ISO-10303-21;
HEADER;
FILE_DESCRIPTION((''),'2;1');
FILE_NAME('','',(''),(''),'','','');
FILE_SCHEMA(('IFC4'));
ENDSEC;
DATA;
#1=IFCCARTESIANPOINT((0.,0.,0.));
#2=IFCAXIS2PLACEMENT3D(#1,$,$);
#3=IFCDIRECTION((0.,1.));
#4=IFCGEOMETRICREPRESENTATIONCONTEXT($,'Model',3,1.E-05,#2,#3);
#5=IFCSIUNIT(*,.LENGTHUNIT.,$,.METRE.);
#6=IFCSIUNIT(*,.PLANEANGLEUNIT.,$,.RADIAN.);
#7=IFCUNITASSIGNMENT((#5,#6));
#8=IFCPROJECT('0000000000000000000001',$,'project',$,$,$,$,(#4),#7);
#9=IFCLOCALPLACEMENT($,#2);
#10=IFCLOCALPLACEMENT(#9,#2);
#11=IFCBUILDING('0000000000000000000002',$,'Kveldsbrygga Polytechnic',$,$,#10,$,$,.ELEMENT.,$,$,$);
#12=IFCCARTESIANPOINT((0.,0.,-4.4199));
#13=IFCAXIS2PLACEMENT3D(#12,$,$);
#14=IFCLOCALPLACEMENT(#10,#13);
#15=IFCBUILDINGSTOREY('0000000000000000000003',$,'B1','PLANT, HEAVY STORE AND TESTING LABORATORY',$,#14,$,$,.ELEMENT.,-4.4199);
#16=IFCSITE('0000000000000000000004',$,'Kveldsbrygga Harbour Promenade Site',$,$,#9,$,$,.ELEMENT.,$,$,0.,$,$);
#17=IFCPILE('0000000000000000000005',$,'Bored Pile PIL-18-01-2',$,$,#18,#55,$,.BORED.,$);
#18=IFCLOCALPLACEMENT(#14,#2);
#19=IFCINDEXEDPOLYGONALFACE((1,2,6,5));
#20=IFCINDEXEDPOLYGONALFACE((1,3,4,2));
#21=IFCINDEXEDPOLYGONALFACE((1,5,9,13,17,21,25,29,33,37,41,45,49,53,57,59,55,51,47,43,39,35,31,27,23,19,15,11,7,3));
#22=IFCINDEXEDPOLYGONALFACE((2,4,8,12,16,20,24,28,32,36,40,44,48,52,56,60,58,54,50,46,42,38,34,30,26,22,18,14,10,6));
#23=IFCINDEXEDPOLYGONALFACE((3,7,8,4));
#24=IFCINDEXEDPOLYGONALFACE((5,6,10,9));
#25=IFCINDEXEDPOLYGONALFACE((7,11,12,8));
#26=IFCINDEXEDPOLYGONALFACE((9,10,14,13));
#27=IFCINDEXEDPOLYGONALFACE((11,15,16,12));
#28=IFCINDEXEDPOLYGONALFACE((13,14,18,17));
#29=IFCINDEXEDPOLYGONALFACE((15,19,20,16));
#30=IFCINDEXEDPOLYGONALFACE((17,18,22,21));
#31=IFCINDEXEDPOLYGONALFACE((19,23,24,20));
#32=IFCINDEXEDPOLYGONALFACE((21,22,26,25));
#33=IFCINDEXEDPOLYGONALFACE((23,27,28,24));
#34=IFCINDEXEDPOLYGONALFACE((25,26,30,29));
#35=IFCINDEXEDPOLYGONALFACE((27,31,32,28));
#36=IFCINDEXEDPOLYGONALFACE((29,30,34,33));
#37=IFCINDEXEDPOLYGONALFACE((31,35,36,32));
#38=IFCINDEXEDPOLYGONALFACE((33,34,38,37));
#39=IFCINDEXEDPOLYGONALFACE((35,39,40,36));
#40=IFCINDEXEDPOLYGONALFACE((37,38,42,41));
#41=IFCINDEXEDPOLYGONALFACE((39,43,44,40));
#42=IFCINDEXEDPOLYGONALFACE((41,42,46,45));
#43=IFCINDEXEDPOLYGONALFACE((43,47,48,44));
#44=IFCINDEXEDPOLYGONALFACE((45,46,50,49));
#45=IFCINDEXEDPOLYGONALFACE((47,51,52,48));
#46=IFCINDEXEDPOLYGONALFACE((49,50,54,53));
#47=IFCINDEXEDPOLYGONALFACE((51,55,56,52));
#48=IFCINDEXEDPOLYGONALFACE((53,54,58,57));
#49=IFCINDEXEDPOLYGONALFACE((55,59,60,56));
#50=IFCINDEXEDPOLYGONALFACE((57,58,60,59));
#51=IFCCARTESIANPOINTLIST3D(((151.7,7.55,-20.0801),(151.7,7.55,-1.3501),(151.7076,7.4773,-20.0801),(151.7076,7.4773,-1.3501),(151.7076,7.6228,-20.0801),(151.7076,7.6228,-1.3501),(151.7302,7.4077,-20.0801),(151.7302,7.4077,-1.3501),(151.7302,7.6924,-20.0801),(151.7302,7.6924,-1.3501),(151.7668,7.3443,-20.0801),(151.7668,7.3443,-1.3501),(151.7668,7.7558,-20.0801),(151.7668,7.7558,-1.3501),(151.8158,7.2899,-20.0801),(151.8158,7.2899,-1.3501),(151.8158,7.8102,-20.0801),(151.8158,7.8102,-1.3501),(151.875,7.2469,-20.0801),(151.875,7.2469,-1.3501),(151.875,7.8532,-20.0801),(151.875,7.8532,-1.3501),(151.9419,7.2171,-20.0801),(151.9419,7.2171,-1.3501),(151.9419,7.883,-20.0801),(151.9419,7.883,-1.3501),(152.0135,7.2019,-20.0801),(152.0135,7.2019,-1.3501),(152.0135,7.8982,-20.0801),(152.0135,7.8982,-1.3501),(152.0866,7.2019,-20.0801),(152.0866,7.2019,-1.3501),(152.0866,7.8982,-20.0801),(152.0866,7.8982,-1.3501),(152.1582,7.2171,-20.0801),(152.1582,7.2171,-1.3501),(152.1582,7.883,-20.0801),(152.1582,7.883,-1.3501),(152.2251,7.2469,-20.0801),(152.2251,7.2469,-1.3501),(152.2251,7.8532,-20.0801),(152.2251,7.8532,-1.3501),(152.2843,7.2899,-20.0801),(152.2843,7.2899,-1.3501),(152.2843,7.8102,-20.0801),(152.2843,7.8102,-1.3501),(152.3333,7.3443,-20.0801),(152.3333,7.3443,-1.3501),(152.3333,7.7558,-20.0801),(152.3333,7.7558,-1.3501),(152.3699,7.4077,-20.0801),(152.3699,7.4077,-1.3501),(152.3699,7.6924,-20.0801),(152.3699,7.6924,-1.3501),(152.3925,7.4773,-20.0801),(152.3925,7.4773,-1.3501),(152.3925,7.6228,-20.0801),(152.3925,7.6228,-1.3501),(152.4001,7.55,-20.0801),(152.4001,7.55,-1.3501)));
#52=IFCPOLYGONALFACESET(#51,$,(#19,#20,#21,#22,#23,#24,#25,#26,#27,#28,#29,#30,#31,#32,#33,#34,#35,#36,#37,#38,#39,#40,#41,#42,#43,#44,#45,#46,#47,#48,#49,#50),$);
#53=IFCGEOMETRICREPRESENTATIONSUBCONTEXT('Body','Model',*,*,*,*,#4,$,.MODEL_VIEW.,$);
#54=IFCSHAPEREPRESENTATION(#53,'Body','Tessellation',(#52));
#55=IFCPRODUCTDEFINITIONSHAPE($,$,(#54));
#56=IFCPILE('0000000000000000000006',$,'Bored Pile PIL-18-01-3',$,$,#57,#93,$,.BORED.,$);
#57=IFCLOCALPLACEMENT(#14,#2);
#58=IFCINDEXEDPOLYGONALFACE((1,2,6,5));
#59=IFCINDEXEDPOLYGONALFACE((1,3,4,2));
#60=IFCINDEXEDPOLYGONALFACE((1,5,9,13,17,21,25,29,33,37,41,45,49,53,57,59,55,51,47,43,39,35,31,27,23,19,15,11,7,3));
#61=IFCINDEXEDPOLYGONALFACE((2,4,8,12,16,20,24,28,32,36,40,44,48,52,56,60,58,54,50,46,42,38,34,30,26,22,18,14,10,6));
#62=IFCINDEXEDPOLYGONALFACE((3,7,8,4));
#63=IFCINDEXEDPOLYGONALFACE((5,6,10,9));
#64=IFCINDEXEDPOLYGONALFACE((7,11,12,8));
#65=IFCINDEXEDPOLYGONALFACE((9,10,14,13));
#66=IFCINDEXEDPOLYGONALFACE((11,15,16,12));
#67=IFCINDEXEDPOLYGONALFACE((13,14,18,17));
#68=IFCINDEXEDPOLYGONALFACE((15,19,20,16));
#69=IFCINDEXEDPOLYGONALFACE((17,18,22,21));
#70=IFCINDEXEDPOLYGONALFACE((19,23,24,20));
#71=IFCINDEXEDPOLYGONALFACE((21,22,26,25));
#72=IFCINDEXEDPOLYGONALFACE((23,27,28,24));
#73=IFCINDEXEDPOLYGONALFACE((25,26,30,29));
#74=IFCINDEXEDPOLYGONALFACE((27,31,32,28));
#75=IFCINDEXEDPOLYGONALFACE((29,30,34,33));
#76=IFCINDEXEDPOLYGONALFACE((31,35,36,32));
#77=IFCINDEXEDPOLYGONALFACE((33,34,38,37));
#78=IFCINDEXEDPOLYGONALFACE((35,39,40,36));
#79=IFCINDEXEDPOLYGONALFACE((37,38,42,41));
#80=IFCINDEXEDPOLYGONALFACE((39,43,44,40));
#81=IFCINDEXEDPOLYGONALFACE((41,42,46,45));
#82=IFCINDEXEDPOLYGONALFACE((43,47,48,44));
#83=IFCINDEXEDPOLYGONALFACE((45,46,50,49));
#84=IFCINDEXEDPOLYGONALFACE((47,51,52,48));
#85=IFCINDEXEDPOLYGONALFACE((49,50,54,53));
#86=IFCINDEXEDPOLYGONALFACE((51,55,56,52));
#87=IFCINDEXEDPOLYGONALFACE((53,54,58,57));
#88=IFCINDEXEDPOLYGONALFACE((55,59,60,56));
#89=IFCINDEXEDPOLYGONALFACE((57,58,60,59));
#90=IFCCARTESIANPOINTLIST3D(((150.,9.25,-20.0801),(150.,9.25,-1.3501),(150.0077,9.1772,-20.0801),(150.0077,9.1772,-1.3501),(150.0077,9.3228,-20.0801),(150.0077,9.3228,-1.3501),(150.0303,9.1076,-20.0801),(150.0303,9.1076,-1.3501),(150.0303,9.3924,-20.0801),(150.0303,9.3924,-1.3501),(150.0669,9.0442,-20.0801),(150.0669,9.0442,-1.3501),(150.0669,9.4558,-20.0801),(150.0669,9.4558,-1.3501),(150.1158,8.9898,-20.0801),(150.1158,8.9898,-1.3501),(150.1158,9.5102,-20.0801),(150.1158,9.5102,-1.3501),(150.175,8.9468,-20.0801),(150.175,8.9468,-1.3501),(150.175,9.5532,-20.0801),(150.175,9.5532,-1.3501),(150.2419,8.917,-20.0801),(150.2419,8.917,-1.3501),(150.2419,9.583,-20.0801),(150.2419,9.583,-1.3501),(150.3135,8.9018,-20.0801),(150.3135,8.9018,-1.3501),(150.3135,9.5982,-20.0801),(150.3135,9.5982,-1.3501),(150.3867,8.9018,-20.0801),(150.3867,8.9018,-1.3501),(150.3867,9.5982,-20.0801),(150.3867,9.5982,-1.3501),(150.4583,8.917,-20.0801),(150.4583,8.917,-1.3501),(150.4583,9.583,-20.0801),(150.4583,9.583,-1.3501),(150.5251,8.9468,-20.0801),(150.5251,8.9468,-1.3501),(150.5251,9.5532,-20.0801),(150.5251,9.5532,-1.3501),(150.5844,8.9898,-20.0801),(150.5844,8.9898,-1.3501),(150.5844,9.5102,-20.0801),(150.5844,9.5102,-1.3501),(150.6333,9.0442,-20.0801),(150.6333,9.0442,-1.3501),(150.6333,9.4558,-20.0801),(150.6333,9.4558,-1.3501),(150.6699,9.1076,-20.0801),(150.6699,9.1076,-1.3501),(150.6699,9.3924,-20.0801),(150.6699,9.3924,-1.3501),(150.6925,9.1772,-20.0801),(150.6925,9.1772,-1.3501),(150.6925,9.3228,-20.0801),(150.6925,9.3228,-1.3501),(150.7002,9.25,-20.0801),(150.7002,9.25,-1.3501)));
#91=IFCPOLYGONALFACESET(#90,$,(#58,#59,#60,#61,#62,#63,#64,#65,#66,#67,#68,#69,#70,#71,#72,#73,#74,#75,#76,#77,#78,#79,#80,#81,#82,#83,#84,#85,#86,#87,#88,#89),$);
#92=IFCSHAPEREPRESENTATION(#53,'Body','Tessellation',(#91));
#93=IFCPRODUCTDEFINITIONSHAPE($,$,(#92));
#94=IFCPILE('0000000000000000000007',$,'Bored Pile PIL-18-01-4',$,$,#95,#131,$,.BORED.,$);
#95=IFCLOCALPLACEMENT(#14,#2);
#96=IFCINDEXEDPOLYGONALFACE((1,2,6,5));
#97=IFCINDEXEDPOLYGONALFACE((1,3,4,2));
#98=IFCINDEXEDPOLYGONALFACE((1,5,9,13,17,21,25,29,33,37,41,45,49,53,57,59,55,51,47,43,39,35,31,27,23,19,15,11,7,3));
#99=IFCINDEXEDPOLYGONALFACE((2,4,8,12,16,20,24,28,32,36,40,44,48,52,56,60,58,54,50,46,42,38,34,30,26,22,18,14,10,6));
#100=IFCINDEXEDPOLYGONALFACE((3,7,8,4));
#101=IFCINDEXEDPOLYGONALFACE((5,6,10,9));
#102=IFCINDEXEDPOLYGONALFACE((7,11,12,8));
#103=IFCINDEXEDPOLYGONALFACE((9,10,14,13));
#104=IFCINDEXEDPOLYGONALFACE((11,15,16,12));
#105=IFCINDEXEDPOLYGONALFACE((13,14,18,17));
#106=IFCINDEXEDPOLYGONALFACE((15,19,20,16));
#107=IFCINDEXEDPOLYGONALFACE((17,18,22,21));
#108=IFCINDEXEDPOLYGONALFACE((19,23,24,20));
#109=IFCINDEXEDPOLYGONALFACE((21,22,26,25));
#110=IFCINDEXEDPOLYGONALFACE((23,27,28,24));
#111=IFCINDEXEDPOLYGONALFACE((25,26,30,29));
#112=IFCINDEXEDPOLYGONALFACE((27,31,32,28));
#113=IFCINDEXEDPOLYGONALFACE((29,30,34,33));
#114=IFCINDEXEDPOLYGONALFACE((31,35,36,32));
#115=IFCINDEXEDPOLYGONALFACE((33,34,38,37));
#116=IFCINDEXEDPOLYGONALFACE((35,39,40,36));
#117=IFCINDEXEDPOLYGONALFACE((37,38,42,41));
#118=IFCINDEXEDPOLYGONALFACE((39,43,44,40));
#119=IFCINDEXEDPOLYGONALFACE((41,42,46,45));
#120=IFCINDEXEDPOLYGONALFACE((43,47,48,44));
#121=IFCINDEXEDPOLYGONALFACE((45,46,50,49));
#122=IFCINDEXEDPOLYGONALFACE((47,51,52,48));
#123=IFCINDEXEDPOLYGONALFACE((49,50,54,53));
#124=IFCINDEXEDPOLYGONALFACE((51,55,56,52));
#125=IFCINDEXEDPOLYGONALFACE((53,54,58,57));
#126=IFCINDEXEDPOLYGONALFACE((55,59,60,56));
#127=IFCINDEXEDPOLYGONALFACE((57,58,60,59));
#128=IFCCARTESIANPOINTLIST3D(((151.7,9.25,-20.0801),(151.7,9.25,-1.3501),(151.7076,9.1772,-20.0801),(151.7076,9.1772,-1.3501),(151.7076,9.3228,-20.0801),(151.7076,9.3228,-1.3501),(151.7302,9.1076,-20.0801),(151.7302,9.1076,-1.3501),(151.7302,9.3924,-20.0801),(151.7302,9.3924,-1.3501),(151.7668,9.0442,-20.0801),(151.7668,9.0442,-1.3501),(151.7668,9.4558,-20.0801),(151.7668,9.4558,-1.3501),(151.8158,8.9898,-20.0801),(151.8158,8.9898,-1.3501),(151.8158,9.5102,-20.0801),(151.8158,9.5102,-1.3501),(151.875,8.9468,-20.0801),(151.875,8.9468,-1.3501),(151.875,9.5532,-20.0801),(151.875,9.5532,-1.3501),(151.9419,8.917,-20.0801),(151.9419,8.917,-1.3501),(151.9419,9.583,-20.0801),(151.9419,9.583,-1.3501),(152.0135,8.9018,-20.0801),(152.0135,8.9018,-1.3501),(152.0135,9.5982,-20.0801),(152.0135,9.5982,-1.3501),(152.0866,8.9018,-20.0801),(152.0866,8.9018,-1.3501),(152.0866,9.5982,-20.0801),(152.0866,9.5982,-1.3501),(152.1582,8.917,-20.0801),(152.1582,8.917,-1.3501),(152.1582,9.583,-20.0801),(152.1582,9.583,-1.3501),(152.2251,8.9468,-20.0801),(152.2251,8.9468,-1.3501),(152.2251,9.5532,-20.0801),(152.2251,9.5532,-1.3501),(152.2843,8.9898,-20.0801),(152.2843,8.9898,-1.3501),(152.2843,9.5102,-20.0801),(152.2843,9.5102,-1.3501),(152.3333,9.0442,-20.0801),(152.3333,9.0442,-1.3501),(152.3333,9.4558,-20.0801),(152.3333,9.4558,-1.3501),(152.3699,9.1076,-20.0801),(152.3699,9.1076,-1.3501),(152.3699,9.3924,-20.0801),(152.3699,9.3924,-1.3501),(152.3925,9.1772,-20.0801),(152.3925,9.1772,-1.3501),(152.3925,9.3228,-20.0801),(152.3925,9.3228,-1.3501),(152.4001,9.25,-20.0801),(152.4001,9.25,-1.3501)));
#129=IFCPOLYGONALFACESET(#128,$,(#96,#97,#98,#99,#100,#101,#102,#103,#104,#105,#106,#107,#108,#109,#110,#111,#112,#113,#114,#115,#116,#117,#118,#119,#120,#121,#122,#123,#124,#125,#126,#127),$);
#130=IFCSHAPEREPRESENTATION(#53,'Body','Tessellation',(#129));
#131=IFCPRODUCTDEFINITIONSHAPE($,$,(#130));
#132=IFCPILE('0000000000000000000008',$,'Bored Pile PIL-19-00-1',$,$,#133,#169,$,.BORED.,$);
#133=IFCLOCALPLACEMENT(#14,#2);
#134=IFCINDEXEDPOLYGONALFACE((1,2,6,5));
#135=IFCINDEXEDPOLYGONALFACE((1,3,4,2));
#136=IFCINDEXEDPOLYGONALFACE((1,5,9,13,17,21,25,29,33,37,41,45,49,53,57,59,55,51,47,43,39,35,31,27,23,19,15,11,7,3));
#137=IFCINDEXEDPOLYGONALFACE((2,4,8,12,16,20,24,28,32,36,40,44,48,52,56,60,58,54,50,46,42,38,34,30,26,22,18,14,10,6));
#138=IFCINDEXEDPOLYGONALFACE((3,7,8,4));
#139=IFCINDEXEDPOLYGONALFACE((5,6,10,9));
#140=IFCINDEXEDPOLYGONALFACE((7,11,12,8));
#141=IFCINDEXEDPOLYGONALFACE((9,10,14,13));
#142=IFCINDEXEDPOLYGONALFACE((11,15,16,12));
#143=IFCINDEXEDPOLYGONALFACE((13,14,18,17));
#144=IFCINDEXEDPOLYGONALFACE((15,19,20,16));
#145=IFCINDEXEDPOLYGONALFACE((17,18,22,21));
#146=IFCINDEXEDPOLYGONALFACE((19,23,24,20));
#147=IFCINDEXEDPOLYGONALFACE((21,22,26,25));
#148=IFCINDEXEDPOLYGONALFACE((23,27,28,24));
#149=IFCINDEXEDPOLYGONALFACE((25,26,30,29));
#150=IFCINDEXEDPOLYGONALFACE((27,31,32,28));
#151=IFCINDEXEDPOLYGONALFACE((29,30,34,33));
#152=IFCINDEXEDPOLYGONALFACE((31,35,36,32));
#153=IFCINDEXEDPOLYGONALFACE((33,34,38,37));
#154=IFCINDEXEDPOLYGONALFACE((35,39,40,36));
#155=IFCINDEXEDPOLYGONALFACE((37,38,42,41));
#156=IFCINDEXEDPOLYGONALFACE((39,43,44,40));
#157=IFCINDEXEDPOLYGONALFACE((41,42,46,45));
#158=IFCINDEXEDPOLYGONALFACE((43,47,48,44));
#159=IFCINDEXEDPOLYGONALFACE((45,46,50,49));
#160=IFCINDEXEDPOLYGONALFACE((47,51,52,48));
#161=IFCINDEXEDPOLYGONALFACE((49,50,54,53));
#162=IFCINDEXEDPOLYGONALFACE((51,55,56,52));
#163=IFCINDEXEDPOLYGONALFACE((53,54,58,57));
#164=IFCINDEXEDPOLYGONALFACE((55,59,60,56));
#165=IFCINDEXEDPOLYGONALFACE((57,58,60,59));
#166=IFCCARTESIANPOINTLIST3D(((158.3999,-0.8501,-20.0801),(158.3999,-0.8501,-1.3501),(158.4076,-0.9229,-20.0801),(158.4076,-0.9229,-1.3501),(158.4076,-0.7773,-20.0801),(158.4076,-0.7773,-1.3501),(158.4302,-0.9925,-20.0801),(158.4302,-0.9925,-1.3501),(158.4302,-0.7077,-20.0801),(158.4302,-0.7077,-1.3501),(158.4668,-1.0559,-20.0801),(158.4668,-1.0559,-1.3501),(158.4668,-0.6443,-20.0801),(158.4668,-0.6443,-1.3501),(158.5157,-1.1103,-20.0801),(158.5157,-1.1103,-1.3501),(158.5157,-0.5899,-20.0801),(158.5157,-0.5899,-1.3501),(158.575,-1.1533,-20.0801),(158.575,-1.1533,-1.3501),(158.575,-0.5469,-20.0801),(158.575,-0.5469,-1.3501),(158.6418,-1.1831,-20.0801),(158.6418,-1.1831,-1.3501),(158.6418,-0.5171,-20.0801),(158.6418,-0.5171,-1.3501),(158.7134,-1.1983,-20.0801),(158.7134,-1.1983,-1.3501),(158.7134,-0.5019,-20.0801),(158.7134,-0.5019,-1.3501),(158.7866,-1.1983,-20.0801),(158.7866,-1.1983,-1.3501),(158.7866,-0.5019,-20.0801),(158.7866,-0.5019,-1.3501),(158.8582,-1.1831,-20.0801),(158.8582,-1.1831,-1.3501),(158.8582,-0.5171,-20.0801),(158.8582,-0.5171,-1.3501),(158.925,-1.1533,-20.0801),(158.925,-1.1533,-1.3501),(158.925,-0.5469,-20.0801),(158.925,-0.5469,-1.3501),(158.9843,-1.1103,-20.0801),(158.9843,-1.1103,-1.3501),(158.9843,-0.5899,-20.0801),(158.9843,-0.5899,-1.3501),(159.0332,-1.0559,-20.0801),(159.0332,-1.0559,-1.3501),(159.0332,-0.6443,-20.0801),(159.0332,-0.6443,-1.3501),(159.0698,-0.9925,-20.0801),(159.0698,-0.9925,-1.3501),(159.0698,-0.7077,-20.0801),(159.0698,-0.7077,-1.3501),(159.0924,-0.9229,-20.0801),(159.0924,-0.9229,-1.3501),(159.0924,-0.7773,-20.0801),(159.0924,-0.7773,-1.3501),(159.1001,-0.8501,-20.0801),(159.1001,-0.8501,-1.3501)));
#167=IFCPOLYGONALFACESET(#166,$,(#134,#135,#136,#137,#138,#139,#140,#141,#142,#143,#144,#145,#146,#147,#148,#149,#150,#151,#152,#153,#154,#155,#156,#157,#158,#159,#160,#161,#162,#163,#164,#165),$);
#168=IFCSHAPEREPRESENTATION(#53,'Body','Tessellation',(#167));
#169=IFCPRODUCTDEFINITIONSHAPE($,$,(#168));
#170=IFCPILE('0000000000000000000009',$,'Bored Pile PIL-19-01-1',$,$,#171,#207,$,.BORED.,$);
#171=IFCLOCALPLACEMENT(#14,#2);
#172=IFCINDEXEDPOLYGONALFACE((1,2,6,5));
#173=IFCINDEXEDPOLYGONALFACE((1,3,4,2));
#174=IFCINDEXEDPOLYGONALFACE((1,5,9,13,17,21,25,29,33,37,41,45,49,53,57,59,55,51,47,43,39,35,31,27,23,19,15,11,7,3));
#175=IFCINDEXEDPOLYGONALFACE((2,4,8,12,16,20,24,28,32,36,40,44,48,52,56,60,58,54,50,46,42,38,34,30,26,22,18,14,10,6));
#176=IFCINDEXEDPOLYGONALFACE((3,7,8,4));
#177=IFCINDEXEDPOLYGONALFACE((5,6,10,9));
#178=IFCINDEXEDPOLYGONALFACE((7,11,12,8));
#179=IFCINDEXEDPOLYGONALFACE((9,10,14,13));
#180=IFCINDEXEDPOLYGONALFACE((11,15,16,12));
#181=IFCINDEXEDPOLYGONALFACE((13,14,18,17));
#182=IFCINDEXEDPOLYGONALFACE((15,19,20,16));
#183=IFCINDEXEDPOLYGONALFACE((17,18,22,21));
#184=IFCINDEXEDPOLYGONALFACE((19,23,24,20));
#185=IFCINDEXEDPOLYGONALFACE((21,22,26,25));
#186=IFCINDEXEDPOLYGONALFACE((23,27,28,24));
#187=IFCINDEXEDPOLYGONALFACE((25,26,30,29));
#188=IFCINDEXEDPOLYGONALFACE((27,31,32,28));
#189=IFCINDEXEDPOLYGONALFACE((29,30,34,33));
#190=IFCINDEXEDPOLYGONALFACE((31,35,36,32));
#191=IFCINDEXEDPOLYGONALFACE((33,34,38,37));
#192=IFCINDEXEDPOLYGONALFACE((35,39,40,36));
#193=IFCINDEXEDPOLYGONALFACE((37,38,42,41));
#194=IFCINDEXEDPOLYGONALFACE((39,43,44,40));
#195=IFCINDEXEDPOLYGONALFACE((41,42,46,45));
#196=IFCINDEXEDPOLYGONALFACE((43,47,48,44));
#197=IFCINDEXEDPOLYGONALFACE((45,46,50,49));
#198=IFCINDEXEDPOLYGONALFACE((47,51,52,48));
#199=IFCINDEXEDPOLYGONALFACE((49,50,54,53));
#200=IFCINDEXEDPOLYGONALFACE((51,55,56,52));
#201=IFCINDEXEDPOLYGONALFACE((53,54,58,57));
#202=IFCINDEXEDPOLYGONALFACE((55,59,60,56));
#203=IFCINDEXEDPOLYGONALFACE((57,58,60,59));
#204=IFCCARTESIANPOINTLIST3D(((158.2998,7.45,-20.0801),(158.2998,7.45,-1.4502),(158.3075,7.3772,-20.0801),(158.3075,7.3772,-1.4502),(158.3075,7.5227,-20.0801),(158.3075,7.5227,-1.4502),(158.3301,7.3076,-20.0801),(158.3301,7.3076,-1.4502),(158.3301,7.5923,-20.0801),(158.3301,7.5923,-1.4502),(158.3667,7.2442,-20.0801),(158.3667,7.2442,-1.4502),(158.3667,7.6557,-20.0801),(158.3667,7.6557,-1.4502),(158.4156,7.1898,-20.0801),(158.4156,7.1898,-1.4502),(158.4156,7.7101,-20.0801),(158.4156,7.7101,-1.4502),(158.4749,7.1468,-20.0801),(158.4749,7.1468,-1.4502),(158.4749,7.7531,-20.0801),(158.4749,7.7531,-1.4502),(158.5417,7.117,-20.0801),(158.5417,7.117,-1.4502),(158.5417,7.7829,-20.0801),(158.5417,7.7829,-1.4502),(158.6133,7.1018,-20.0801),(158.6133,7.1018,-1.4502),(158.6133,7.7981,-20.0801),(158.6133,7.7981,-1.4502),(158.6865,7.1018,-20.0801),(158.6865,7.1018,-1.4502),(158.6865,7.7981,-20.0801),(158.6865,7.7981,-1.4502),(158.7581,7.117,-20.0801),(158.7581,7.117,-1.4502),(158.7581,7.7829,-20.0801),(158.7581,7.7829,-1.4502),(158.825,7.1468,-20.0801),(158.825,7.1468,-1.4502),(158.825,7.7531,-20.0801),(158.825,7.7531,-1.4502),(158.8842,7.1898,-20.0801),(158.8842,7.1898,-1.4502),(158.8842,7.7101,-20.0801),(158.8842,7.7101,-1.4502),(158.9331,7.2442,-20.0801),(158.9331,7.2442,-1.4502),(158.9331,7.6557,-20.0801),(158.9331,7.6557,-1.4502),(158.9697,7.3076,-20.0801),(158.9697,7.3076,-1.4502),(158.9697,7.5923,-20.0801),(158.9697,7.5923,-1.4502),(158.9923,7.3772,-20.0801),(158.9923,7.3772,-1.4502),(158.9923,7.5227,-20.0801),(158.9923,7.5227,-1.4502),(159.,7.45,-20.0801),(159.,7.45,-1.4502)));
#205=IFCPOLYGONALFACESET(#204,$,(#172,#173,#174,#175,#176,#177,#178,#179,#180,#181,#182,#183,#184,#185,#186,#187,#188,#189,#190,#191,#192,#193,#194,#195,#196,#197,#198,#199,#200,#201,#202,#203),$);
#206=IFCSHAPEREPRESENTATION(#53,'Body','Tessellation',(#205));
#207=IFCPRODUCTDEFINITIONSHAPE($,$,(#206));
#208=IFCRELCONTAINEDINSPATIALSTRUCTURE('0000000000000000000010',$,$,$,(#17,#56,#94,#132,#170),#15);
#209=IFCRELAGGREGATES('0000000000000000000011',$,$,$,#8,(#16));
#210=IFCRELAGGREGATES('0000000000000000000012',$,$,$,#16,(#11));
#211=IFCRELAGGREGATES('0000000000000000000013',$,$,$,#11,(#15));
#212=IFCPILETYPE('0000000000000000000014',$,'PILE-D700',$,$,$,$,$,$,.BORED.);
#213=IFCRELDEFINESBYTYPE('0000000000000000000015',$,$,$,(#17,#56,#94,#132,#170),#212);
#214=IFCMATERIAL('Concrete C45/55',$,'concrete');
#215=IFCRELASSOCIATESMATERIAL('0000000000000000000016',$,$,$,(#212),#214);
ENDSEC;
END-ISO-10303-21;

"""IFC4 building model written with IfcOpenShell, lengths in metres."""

from ifc_helpers import new_model, si_unit, direction, frame, origin, origin_2d, place, context, subcontext, project, spatial, circle, extrude, material, material_profile, profile_set, type_object, element, save


model = new_model("IFC4")

# Units and contexts
model_context = context("Model", 3, precision=1e-05, world=origin(), true_north=direction((0.0, 1.0)))
body_context = subcontext(model_context, "Body", "Model", "MODEL_VIEW")
ifc_project = project(units=[si_unit("LENGTHUNIT", "METRE"), si_unit("PLANEANGLEUNIT", "RADIAN")], contexts=[model_context])

# Site, building, storey
site_placement = place(None, origin())
site = spatial("IfcSite", under=ifc_project, at=site_placement, Name="Kveldsbrygga Harbour Promenade Site", CompositionType="ELEMENT", RefElevation=0.0)
building_placement = place(site_placement, origin())
building = spatial("IfcBuilding", under=site, at=building_placement, Name="Kveldsbrygga Polytechnic", CompositionType="ELEMENT")
storey_placement = place(building_placement, frame((0.0, 0.0, -4.4199)))
storey = spatial("IfcBuildingStorey", under=building, at=storey_placement, Name="B1", Description="PLANT, HEAVY STORE AND TESTING LABORATORY", CompositionType="ELEMENT", Elevation=-4.4199)

# Shared definitions
ifc_material_1 = material(Name="Concrete C45/55", Category="concrete")

# Piles
ifc_material_profile_1 = material_profile(ifc_material_1, circle(Radius=0.3501, at=origin_2d()), Name="PILE D700")
ifc_profile_set_1 = profile_set([ifc_material_profile_1], Name="Concrete C45/55")
pile_type_1 = type_object("IfcPileType", Name="PILE-D700", PredefinedType="BORED", material=ifc_profile_set_1)
for number, where, z_axis, x_axis, name in (
    (1, (152.05, 7.55, -1.3501), (0.0, 0.0, -1.0), (1.0, 0.0, 0.0), "Bored Pile PIL-18-01-2"),
    (2, (150.3501, 9.25, -1.3501), (0.0, 0.0, -1.0), (1.0, 0.0, 0.0), "Bored Pile PIL-18-01-3"),
    (3, (152.05, 9.25, -1.3501), (0.0, 0.0, -1.0), (1.0, 0.0, 0.0), "Bored Pile PIL-18-01-4"),
    (4, (158.75, -0.8501, -1.3501), (0.0, 0.0, -1.0), (1.0, 0.0, 0.0), "Bored Pile PIL-19-00-1"),
):
    element("IfcPile", number, at=place(storey_placement, frame(where, z_axis=z_axis, x_axis=x_axis)), inside=storey, type_object=pile_type_1, Name=name, PredefinedType="BORED", context=body_context, shape_type="SweptSolid", body=[
        extrude(circle(Radius=0.3501, at=origin_2d()), origin(), (0.0, 0.0, 1.0), 18.73),
    ])
for number, where, z_axis, x_axis, name in (
    (5, (158.6499, 7.45, -1.4502), (0.0, 0.0, -1.0), (1.0, 0.0, 0.0), "Bored Pile PIL-19-01-1"),
):
    element("IfcPile", number, at=place(storey_placement, frame(where, z_axis=z_axis, x_axis=x_axis)), inside=storey, type_object=pile_type_1, Name=name, PredefinedType="BORED", context=body_context, shape_type="SweptSolid", body=[
        extrude(circle(Radius=0.3501, at=origin_2d()), origin(), (0.0, 0.0, 1.0), 18.6299),
    ])

save(model, "model.ifc")
